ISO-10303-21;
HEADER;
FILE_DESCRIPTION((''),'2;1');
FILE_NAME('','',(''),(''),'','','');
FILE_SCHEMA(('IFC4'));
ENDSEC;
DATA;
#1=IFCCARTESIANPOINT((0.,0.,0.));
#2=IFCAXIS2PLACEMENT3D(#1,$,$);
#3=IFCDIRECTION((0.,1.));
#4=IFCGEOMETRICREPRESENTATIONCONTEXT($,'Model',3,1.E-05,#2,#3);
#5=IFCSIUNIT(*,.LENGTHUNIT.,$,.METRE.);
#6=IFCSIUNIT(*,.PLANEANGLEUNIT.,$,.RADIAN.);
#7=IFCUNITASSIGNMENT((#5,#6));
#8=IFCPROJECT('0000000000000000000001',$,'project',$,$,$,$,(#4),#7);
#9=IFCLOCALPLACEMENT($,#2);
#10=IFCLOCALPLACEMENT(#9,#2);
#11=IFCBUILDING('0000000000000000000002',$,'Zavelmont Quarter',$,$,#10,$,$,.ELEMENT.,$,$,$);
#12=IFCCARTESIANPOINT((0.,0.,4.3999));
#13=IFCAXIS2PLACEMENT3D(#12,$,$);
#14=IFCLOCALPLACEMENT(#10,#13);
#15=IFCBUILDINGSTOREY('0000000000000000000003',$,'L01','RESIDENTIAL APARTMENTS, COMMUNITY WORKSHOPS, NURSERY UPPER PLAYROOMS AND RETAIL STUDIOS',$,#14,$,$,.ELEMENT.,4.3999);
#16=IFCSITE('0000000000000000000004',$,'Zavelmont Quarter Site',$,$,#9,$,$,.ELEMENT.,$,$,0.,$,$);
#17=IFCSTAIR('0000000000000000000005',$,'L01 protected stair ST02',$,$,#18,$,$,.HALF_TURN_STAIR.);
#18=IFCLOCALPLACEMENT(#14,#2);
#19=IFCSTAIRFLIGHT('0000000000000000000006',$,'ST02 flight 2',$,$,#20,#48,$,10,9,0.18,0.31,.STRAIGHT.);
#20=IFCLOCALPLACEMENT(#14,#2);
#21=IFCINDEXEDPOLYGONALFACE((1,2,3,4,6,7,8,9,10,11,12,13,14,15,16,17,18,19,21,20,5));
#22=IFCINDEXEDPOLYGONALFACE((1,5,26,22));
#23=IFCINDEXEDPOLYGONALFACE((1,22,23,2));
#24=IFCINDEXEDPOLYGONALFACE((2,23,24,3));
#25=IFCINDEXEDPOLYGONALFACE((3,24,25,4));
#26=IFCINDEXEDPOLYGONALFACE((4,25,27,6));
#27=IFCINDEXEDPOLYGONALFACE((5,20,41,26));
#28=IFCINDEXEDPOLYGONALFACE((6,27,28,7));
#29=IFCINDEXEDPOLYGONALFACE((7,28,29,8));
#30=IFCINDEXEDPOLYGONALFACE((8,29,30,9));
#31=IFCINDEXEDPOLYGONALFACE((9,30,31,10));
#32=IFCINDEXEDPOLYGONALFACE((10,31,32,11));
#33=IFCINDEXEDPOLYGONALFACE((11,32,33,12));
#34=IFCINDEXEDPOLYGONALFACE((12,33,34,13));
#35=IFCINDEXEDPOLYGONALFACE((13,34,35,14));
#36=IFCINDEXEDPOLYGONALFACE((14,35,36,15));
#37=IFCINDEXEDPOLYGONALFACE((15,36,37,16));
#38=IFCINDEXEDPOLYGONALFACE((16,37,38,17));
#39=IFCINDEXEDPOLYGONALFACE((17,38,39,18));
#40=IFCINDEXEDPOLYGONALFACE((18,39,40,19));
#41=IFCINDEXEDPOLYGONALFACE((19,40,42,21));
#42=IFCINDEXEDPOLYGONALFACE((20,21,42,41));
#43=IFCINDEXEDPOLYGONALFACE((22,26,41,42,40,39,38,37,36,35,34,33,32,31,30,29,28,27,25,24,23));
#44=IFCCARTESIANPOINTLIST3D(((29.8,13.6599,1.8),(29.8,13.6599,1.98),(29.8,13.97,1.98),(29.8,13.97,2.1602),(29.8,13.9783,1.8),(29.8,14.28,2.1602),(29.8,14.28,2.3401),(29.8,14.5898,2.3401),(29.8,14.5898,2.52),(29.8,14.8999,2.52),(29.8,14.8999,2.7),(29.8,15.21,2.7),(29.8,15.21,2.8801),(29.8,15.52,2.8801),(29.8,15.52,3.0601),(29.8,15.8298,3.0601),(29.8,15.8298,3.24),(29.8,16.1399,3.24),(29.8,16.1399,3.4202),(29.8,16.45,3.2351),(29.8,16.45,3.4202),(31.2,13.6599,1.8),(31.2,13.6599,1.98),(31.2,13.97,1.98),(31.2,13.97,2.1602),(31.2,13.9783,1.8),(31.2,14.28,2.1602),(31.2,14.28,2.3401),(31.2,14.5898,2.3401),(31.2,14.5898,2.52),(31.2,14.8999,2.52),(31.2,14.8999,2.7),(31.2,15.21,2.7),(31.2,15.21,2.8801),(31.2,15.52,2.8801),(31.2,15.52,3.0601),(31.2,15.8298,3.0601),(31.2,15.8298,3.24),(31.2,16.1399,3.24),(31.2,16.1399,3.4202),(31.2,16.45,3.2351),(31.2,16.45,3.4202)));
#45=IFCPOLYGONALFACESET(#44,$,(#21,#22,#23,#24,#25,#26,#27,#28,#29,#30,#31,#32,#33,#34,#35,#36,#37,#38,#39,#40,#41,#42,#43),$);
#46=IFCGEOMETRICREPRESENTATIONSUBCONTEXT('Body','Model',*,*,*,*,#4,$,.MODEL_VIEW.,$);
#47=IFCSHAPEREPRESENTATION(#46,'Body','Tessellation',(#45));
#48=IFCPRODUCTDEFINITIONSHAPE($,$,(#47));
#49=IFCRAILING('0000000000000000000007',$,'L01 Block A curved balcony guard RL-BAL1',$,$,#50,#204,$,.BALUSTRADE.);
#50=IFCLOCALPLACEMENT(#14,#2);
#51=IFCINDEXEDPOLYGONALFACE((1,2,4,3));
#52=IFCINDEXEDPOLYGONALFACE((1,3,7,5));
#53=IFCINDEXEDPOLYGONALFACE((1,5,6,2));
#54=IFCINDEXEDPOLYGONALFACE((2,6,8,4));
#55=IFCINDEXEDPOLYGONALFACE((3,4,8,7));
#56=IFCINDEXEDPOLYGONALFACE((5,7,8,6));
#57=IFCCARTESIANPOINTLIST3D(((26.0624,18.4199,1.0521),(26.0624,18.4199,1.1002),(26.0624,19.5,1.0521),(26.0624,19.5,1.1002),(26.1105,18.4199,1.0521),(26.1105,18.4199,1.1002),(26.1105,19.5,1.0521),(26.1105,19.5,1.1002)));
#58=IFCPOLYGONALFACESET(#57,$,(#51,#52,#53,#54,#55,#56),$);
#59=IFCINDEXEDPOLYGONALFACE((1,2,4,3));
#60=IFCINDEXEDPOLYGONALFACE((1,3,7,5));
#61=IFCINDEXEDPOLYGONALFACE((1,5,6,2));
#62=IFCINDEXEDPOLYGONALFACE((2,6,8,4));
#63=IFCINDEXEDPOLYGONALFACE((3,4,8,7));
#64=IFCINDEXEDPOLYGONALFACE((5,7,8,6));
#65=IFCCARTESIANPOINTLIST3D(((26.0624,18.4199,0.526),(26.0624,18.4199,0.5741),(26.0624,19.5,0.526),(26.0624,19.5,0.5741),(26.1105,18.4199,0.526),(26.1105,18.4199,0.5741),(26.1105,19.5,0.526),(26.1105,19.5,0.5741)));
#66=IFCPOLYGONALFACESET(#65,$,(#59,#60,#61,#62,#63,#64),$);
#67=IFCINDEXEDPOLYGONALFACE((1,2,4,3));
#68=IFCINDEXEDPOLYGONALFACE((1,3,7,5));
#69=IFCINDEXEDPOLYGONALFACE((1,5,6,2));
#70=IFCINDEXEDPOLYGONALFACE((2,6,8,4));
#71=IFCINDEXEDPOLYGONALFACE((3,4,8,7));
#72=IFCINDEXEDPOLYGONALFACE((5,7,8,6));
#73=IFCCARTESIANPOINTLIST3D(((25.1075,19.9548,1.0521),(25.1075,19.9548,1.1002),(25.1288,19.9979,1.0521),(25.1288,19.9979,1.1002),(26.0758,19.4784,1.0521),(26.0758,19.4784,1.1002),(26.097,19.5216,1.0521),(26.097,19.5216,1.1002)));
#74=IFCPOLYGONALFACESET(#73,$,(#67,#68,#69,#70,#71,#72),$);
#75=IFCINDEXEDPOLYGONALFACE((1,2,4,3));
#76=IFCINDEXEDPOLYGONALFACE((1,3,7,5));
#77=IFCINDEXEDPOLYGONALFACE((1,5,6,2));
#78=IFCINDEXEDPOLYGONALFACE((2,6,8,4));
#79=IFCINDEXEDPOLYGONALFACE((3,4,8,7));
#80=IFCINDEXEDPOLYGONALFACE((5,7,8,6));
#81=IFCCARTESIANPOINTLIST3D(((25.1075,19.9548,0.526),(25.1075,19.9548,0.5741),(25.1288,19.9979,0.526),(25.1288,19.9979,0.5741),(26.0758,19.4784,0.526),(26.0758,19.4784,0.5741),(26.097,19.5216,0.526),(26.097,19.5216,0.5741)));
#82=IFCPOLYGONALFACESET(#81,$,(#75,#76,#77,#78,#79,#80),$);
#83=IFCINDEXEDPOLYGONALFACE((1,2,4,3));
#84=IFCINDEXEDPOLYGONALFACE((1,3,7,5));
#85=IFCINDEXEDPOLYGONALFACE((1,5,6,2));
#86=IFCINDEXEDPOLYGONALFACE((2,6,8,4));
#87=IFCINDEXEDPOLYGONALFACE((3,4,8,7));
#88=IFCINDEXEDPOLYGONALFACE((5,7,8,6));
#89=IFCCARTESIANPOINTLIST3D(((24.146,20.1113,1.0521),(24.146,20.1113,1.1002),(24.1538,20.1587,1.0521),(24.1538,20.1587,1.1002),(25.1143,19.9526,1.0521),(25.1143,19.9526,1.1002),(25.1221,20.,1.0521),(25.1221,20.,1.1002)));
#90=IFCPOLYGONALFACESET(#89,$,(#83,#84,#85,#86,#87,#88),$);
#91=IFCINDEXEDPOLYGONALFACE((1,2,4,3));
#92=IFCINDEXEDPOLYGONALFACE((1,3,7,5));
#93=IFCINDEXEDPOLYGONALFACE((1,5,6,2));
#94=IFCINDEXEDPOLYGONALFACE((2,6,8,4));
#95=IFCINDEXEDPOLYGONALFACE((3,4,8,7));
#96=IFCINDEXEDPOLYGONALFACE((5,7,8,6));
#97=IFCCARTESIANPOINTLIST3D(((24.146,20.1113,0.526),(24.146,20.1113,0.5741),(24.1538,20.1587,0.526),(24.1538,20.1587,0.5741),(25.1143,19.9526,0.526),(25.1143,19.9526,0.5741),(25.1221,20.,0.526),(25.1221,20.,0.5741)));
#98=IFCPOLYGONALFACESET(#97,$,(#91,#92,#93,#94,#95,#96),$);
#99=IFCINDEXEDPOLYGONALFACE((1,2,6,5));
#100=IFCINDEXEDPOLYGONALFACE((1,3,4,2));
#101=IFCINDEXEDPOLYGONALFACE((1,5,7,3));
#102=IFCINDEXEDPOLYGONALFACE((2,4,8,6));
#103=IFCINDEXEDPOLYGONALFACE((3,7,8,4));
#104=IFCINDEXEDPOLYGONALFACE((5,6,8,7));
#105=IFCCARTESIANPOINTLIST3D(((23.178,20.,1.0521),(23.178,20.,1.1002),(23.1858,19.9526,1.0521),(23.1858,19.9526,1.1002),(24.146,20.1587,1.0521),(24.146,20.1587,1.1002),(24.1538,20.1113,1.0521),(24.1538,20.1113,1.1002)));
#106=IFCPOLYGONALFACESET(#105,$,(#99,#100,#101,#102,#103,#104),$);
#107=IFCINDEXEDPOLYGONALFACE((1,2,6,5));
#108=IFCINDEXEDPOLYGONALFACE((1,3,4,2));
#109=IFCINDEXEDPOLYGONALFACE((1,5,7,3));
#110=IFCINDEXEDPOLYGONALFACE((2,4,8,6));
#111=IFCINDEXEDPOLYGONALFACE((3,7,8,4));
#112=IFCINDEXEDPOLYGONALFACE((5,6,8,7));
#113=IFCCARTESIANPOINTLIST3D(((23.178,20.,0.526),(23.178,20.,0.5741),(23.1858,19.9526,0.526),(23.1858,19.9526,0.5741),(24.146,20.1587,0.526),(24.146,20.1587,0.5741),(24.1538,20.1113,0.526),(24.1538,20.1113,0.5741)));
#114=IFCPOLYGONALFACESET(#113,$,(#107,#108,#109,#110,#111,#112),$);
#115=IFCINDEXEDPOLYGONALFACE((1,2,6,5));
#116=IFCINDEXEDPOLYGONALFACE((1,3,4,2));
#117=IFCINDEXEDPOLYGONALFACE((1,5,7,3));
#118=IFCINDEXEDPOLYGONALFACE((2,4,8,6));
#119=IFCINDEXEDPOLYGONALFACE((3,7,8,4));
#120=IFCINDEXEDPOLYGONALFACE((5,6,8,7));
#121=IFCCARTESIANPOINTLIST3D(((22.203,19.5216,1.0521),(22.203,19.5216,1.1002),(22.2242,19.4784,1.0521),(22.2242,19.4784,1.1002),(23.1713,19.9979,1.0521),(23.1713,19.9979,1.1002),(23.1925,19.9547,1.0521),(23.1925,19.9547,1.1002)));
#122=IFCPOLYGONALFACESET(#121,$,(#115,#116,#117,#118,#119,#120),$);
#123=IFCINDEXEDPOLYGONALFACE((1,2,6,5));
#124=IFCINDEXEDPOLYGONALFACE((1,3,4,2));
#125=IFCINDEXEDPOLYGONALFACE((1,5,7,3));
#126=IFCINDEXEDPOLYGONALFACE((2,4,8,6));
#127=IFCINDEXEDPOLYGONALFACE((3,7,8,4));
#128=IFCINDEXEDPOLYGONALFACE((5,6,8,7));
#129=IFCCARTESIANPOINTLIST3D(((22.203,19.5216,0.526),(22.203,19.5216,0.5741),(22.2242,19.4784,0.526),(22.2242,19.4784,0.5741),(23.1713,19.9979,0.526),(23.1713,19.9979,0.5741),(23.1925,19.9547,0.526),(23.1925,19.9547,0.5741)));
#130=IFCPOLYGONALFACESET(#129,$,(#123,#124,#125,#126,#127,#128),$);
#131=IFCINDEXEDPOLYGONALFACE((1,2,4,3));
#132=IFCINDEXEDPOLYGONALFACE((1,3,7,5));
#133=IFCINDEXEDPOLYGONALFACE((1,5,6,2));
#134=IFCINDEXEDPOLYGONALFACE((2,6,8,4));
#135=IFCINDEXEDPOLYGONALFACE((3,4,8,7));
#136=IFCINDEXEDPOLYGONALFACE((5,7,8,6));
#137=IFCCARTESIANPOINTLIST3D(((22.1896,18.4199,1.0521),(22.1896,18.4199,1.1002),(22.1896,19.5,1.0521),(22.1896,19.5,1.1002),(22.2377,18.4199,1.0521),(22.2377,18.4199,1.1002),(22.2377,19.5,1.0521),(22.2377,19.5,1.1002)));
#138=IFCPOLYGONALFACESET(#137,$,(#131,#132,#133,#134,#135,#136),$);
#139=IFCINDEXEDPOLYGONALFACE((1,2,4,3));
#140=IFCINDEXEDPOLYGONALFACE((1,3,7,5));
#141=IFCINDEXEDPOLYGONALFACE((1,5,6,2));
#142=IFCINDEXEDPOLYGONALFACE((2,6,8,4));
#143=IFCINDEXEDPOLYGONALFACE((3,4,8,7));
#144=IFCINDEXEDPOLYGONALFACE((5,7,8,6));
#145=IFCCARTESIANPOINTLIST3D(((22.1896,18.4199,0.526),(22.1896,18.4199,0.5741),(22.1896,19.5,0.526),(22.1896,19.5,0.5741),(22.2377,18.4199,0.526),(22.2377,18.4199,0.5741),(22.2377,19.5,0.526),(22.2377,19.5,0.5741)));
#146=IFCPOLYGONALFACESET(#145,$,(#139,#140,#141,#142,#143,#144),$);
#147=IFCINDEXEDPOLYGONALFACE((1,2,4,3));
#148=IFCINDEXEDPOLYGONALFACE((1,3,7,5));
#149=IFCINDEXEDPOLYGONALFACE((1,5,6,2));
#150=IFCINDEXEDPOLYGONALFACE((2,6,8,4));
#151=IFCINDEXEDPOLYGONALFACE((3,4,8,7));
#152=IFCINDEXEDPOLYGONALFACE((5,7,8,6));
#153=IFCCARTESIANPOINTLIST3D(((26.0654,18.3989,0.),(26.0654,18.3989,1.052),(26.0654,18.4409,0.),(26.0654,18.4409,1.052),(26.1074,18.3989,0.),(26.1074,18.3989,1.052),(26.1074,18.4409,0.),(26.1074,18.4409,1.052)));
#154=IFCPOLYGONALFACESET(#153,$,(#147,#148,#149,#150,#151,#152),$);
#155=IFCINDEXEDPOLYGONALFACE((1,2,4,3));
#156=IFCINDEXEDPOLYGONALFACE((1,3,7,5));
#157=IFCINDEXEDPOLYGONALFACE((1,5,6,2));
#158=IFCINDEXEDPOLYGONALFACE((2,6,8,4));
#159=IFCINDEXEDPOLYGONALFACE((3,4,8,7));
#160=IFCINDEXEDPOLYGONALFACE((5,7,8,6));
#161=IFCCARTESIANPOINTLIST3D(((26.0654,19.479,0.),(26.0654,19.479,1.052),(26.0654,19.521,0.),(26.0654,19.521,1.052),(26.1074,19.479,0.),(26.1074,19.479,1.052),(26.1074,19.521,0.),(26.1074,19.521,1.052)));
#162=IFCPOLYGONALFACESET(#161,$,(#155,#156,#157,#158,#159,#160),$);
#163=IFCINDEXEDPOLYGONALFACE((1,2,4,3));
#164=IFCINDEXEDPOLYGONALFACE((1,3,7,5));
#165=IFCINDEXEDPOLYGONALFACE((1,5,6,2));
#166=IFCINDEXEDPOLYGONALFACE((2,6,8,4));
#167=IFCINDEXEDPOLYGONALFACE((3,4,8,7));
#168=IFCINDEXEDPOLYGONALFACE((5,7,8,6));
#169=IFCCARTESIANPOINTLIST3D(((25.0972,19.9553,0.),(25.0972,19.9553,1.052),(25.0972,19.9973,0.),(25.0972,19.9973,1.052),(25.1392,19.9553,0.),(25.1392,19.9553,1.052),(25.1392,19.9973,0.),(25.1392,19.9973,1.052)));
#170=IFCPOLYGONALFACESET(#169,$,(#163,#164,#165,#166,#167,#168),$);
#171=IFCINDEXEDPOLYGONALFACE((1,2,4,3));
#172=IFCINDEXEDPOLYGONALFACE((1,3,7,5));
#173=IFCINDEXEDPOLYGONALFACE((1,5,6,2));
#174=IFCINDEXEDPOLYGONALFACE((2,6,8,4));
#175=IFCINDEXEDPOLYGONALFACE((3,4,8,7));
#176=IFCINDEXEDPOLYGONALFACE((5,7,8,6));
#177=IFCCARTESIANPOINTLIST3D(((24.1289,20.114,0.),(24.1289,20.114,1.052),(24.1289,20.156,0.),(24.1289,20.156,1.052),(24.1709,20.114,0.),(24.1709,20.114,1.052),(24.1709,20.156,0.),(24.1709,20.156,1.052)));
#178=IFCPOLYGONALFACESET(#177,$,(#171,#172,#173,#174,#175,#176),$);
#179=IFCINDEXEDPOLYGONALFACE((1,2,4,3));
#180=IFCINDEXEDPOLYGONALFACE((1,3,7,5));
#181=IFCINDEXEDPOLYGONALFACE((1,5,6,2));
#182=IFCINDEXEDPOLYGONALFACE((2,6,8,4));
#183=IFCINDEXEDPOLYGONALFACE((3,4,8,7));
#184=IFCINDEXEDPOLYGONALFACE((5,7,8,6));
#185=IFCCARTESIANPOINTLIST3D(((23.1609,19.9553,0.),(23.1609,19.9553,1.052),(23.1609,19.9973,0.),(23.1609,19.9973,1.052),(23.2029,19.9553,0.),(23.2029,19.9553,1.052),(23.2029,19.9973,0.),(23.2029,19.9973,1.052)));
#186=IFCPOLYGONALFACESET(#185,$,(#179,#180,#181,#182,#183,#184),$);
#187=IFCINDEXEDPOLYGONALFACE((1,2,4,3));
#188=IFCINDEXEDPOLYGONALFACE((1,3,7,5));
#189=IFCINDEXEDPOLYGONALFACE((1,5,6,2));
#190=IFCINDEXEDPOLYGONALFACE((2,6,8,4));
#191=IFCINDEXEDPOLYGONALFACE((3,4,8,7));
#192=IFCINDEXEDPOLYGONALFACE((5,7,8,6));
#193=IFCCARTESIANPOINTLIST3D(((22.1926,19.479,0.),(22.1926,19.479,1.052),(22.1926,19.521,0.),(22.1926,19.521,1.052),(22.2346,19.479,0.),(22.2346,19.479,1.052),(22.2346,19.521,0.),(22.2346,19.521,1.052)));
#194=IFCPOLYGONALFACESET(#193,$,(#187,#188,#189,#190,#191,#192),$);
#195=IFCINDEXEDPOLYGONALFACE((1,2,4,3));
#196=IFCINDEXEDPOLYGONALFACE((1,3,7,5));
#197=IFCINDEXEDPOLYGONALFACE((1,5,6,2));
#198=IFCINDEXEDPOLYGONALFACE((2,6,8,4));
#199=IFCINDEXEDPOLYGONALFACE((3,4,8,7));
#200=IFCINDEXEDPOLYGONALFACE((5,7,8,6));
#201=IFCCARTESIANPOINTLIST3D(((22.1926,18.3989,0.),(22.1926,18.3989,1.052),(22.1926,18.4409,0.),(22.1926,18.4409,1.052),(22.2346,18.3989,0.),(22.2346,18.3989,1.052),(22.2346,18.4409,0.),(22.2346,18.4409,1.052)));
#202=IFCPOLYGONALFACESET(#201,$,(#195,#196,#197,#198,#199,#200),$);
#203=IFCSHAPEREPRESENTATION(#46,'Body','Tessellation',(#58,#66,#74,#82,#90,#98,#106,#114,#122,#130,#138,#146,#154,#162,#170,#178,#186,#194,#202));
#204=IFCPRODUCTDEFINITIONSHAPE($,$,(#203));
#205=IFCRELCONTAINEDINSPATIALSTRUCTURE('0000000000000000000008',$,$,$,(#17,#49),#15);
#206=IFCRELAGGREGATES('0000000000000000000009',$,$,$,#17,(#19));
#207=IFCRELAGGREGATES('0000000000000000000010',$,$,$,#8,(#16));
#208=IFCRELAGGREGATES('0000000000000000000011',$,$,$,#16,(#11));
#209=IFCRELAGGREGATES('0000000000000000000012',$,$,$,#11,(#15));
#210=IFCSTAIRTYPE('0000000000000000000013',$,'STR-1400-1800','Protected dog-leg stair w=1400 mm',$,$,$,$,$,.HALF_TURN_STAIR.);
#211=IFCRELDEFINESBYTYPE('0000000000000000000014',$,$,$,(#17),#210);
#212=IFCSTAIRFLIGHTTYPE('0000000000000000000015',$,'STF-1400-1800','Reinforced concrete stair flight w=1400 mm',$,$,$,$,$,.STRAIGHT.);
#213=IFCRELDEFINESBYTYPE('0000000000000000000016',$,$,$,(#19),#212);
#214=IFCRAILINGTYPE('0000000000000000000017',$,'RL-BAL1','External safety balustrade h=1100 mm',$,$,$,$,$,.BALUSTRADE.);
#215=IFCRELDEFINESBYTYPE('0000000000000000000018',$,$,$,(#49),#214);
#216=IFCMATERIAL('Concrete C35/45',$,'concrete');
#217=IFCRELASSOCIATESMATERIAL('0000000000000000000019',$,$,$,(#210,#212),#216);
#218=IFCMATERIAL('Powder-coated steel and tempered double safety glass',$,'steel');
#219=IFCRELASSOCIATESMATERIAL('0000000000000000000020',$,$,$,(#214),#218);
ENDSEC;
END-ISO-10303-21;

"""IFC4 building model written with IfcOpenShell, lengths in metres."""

from ifc_helpers import new_model, si_unit, direction, frame, origin, origin_2d, place, context, subcontext, project, spatial, polyline, rectangle, outline, extrude, material, type_object, element, aggregate, save


model = new_model("IFC4")

# Units and contexts
model_context = context("Model", 3, precision=1e-05, world=origin(), true_north=direction((0.0, 1.0)))
body_context = subcontext(model_context, "Body", "Model", "MODEL_VIEW")
ifc_project = project(units=[si_unit("LENGTHUNIT", "METRE"), si_unit("PLANEANGLEUNIT", "RADIAN")], contexts=[model_context])

# Site, building, storey
site_placement = place(None, origin())
site = spatial("IfcSite", under=ifc_project, at=site_placement, Name="Zavelmont Quarter Site", CompositionType="ELEMENT", RefElevation=0.0)
building_placement = place(site_placement, origin())
building = spatial("IfcBuilding", under=site, at=building_placement, Name="Zavelmont Quarter", CompositionType="ELEMENT")
storey_placement = place(building_placement, frame((0.0, 0.0, 4.3999)))
storey = spatial("IfcBuildingStorey", under=building, at=storey_placement, Name="L01", Description="RESIDENTIAL APARTMENTS, COMMUNITY WORKSHOPS, NURSERY UPPER PLAYROOMS AND RETAIL STUDIOS", CompositionType="ELEMENT", Elevation=4.3999)

# Stair, stair flight
ifc_material_1 = material(Name="Concrete C35/45", Category="concrete")
stair_type = type_object("IfcStairType", Name="STR-1400-1800", Description="Protected dog-leg stair w=1400 mm", PredefinedType="HALF_TURN_STAIR", material=ifc_material_1)
stair_placement = place(storey_placement, origin())
stair = element("IfcStair", 1, at=stair_placement, inside=storey, type_object=stair_type, Name="L01 protected stair ST02", PredefinedType="HALF_TURN_STAIR")
stair_flight_type = type_object("IfcStairFlightType", Name="STF-1400-1800", Description="Reinforced concrete stair flight w=1400 mm", PredefinedType="STRAIGHT", material=ifc_material_1)
stair_flight_1_placement = place(storey_placement, frame((30.5, 13.6599, 1.8), z_axis=(0.0, 0.0, 1.0), x_axis=(0.0, 1.0, 0.0)))
stair_flight_1 = element("IfcStairFlight", 2, at=stair_flight_1_placement, type_object=stair_flight_type, Name="ST02 flight 2", NumberOfRisers=10, NumberOfTreads=9, PredefinedType="STRAIGHT", RiserHeight=0.18, TreadLength=0.31, context=body_context, shape_type="SweptSolid", body=[
    extrude(outline(polyline([(0.0, 0.0), (0.0, 0.1799), (0.3101, 0.1799), (0.3101, 0.3601), (0.6201, 0.3601), (0.6201, 0.54), (0.9299, 0.54), (0.9299, 0.72), (1.24, 0.72), (1.24, 0.8999), (1.55, 0.8999), (1.55, 1.0801), (1.8601, 1.0801), (1.8601, 1.26), (2.1699, 1.26), (2.1699, 1.4399), (2.48, 1.4399), (2.48, 1.6201), (2.79, 1.6201), (2.79, 1.8), (2.79, 1.4351), (0.3184, 0.0), (0.0, 0.0)])), frame((0.0, 0.7, 0.0), z_axis=(0.0, -1.0, 0.0), x_axis=(1.0, 0.0, 0.0)), (0.0, 0.0, 1.0), 1.3999),
])
aggregate(stair, [stair_flight_1])

# Railing
ifc_material_2 = material(Name="Powder-coated steel and tempered double safety glass", Category="steel")
railing_type_1 = type_object("IfcRailingType", Name="RL-BAL1", Description="External safety balustrade h=1100 mm", PredefinedType="BALUSTRADE", material=ifc_material_2)
railing_1_placement = place(storey_placement, frame((26.0864, 18.4199, 0.0)))
element("IfcRailing", 3, at=railing_1_placement, inside=storey, type_object=railing_type_1, Name="L01 Block A curved balcony guard RL-BAL1", PredefinedType="BALUSTRADE", context=body_context, shape_type="SweptSolid", body=[
    extrude(rectangle(XDim=0.0481, YDim=0.0481, at=origin_2d()), frame((0.0, 0.0, 1.0762), z_axis=(0.0, 1.0, 0.0), x_axis=(-1.0, 0.0, 0.0)), (0.0, 0.0, 1.0), 1.0801),
    extrude(rectangle(XDim=0.0481, YDim=0.0481, at=origin_2d()), frame((0.0, 0.0, 0.55), z_axis=(0.0, 1.0, 0.0), x_axis=(-1.0, 0.0, 0.0)), (0.0, 0.0, 1.0), 1.0801),
    extrude(rectangle(XDim=0.0481, YDim=0.0481, at=origin_2d()), frame((0.0, 1.0801, 1.0762), z_axis=(-0.897304, 0.441412, 0.0), x_axis=(-0.441412, -0.897304, 0.0)), (0.0, 0.0, 1.0), 1.0791),
    extrude(rectangle(XDim=0.0481, YDim=0.0481, at=origin_2d()), frame((0.0, 1.0801, 0.55), z_axis=(-0.897304, 0.441412, 0.0), x_axis=(-0.441412, -0.897304, 0.0)), (0.0, 0.0, 1.0), 1.0791),
    extrude(rectangle(XDim=0.0481, YDim=0.0481, at=origin_2d()), frame((-0.9683, 1.5564, 1.0762), z_axis=(-0.986834, 0.161735, 0.0), x_axis=(-0.161735, -0.986834, 0.0)), (0.0, 0.0, 1.0), 0.9812),
    extrude(rectangle(XDim=0.0481, YDim=0.0481, at=origin_2d()), frame((-0.9683, 1.5564, 0.55), z_axis=(-0.986834, 0.161735, 0.0), x_axis=(-0.161735, -0.986834, 0.0)), (0.0, 0.0, 1.0), 0.9812),
    extrude(rectangle(XDim=0.0481, YDim=0.0481, at=origin_2d()), frame((-1.9365, 1.7151, 1.0762), z_axis=(-0.986828, -0.161775, 0.0), x_axis=(0.161775, -0.986828, 0.0)), (0.0, 0.0, 1.0), 0.981),
    extrude(rectangle(XDim=0.0481, YDim=0.0481, at=origin_2d()), frame((-1.9365, 1.7151, 0.55), z_axis=(-0.986828, -0.161775, 0.0), x_axis=(0.161775, -0.986828, 0.0)), (0.0, 0.0, 1.0), 0.981),
    extrude(rectangle(XDim=0.0481, YDim=0.0481, at=origin_2d()), frame((-2.9045, 1.5564, 1.0762), z_axis=(-0.897304, -0.441412, 0.0), x_axis=(0.441412, -0.897304, 0.0)), (0.0, 0.0, 1.0), 1.0791),
    extrude(rectangle(XDim=0.0481, YDim=0.0481, at=origin_2d()), frame((-2.9045, 1.5564, 0.55), z_axis=(-0.897304, -0.441412, 0.0), x_axis=(0.441412, -0.897304, 0.0)), (0.0, 0.0, 1.0), 1.0791),
    extrude(rectangle(XDim=0.0481, YDim=0.0481, at=origin_2d()), frame((-3.8728, 1.0801, 1.0762), z_axis=(0.0, -1.0, 0.0), x_axis=(1.0, 0.0, 0.0)), (0.0, 0.0, 1.0), 1.0801),
    extrude(rectangle(XDim=0.0481, YDim=0.0481, at=origin_2d()), frame((-3.8728, 1.0801, 0.55), z_axis=(0.0, -1.0, 0.0), x_axis=(1.0, 0.0, 0.0)), (0.0, 0.0, 1.0), 1.0801),
    extrude(rectangle(XDim=0.042, YDim=0.042, at=origin_2d()), origin(), (0.0, 0.0, 1.0), 1.052),
    extrude(rectangle(XDim=0.042, YDim=0.042, at=origin_2d()), frame((0.0, 1.0801, 0.0)), (0.0, 0.0, 1.0), 1.052),
    extrude(rectangle(XDim=0.042, YDim=0.042, at=origin_2d()), frame((-0.9683, 1.5564, 0.0)), (0.0, 0.0, 1.0), 1.052),
    extrude(rectangle(XDim=0.042, YDim=0.042, at=origin_2d()), frame((-1.9365, 1.7151, 0.0)), (0.0, 0.0, 1.0), 1.052),
    extrude(rectangle(XDim=0.042, YDim=0.042, at=origin_2d()), frame((-2.9045, 1.5564, 0.0)), (0.0, 0.0, 1.0), 1.052),
    extrude(rectangle(XDim=0.042, YDim=0.042, at=origin_2d()), frame((-3.8728, 1.0801, 0.0)), (0.0, 0.0, 1.0), 1.052),
    extrude(rectangle(XDim=0.042, YDim=0.042, at=origin_2d()), frame((-3.8728, 0.0, 0.0)), (0.0, 0.0, 1.0), 1.052),
])

save(model, "model.ifc")
